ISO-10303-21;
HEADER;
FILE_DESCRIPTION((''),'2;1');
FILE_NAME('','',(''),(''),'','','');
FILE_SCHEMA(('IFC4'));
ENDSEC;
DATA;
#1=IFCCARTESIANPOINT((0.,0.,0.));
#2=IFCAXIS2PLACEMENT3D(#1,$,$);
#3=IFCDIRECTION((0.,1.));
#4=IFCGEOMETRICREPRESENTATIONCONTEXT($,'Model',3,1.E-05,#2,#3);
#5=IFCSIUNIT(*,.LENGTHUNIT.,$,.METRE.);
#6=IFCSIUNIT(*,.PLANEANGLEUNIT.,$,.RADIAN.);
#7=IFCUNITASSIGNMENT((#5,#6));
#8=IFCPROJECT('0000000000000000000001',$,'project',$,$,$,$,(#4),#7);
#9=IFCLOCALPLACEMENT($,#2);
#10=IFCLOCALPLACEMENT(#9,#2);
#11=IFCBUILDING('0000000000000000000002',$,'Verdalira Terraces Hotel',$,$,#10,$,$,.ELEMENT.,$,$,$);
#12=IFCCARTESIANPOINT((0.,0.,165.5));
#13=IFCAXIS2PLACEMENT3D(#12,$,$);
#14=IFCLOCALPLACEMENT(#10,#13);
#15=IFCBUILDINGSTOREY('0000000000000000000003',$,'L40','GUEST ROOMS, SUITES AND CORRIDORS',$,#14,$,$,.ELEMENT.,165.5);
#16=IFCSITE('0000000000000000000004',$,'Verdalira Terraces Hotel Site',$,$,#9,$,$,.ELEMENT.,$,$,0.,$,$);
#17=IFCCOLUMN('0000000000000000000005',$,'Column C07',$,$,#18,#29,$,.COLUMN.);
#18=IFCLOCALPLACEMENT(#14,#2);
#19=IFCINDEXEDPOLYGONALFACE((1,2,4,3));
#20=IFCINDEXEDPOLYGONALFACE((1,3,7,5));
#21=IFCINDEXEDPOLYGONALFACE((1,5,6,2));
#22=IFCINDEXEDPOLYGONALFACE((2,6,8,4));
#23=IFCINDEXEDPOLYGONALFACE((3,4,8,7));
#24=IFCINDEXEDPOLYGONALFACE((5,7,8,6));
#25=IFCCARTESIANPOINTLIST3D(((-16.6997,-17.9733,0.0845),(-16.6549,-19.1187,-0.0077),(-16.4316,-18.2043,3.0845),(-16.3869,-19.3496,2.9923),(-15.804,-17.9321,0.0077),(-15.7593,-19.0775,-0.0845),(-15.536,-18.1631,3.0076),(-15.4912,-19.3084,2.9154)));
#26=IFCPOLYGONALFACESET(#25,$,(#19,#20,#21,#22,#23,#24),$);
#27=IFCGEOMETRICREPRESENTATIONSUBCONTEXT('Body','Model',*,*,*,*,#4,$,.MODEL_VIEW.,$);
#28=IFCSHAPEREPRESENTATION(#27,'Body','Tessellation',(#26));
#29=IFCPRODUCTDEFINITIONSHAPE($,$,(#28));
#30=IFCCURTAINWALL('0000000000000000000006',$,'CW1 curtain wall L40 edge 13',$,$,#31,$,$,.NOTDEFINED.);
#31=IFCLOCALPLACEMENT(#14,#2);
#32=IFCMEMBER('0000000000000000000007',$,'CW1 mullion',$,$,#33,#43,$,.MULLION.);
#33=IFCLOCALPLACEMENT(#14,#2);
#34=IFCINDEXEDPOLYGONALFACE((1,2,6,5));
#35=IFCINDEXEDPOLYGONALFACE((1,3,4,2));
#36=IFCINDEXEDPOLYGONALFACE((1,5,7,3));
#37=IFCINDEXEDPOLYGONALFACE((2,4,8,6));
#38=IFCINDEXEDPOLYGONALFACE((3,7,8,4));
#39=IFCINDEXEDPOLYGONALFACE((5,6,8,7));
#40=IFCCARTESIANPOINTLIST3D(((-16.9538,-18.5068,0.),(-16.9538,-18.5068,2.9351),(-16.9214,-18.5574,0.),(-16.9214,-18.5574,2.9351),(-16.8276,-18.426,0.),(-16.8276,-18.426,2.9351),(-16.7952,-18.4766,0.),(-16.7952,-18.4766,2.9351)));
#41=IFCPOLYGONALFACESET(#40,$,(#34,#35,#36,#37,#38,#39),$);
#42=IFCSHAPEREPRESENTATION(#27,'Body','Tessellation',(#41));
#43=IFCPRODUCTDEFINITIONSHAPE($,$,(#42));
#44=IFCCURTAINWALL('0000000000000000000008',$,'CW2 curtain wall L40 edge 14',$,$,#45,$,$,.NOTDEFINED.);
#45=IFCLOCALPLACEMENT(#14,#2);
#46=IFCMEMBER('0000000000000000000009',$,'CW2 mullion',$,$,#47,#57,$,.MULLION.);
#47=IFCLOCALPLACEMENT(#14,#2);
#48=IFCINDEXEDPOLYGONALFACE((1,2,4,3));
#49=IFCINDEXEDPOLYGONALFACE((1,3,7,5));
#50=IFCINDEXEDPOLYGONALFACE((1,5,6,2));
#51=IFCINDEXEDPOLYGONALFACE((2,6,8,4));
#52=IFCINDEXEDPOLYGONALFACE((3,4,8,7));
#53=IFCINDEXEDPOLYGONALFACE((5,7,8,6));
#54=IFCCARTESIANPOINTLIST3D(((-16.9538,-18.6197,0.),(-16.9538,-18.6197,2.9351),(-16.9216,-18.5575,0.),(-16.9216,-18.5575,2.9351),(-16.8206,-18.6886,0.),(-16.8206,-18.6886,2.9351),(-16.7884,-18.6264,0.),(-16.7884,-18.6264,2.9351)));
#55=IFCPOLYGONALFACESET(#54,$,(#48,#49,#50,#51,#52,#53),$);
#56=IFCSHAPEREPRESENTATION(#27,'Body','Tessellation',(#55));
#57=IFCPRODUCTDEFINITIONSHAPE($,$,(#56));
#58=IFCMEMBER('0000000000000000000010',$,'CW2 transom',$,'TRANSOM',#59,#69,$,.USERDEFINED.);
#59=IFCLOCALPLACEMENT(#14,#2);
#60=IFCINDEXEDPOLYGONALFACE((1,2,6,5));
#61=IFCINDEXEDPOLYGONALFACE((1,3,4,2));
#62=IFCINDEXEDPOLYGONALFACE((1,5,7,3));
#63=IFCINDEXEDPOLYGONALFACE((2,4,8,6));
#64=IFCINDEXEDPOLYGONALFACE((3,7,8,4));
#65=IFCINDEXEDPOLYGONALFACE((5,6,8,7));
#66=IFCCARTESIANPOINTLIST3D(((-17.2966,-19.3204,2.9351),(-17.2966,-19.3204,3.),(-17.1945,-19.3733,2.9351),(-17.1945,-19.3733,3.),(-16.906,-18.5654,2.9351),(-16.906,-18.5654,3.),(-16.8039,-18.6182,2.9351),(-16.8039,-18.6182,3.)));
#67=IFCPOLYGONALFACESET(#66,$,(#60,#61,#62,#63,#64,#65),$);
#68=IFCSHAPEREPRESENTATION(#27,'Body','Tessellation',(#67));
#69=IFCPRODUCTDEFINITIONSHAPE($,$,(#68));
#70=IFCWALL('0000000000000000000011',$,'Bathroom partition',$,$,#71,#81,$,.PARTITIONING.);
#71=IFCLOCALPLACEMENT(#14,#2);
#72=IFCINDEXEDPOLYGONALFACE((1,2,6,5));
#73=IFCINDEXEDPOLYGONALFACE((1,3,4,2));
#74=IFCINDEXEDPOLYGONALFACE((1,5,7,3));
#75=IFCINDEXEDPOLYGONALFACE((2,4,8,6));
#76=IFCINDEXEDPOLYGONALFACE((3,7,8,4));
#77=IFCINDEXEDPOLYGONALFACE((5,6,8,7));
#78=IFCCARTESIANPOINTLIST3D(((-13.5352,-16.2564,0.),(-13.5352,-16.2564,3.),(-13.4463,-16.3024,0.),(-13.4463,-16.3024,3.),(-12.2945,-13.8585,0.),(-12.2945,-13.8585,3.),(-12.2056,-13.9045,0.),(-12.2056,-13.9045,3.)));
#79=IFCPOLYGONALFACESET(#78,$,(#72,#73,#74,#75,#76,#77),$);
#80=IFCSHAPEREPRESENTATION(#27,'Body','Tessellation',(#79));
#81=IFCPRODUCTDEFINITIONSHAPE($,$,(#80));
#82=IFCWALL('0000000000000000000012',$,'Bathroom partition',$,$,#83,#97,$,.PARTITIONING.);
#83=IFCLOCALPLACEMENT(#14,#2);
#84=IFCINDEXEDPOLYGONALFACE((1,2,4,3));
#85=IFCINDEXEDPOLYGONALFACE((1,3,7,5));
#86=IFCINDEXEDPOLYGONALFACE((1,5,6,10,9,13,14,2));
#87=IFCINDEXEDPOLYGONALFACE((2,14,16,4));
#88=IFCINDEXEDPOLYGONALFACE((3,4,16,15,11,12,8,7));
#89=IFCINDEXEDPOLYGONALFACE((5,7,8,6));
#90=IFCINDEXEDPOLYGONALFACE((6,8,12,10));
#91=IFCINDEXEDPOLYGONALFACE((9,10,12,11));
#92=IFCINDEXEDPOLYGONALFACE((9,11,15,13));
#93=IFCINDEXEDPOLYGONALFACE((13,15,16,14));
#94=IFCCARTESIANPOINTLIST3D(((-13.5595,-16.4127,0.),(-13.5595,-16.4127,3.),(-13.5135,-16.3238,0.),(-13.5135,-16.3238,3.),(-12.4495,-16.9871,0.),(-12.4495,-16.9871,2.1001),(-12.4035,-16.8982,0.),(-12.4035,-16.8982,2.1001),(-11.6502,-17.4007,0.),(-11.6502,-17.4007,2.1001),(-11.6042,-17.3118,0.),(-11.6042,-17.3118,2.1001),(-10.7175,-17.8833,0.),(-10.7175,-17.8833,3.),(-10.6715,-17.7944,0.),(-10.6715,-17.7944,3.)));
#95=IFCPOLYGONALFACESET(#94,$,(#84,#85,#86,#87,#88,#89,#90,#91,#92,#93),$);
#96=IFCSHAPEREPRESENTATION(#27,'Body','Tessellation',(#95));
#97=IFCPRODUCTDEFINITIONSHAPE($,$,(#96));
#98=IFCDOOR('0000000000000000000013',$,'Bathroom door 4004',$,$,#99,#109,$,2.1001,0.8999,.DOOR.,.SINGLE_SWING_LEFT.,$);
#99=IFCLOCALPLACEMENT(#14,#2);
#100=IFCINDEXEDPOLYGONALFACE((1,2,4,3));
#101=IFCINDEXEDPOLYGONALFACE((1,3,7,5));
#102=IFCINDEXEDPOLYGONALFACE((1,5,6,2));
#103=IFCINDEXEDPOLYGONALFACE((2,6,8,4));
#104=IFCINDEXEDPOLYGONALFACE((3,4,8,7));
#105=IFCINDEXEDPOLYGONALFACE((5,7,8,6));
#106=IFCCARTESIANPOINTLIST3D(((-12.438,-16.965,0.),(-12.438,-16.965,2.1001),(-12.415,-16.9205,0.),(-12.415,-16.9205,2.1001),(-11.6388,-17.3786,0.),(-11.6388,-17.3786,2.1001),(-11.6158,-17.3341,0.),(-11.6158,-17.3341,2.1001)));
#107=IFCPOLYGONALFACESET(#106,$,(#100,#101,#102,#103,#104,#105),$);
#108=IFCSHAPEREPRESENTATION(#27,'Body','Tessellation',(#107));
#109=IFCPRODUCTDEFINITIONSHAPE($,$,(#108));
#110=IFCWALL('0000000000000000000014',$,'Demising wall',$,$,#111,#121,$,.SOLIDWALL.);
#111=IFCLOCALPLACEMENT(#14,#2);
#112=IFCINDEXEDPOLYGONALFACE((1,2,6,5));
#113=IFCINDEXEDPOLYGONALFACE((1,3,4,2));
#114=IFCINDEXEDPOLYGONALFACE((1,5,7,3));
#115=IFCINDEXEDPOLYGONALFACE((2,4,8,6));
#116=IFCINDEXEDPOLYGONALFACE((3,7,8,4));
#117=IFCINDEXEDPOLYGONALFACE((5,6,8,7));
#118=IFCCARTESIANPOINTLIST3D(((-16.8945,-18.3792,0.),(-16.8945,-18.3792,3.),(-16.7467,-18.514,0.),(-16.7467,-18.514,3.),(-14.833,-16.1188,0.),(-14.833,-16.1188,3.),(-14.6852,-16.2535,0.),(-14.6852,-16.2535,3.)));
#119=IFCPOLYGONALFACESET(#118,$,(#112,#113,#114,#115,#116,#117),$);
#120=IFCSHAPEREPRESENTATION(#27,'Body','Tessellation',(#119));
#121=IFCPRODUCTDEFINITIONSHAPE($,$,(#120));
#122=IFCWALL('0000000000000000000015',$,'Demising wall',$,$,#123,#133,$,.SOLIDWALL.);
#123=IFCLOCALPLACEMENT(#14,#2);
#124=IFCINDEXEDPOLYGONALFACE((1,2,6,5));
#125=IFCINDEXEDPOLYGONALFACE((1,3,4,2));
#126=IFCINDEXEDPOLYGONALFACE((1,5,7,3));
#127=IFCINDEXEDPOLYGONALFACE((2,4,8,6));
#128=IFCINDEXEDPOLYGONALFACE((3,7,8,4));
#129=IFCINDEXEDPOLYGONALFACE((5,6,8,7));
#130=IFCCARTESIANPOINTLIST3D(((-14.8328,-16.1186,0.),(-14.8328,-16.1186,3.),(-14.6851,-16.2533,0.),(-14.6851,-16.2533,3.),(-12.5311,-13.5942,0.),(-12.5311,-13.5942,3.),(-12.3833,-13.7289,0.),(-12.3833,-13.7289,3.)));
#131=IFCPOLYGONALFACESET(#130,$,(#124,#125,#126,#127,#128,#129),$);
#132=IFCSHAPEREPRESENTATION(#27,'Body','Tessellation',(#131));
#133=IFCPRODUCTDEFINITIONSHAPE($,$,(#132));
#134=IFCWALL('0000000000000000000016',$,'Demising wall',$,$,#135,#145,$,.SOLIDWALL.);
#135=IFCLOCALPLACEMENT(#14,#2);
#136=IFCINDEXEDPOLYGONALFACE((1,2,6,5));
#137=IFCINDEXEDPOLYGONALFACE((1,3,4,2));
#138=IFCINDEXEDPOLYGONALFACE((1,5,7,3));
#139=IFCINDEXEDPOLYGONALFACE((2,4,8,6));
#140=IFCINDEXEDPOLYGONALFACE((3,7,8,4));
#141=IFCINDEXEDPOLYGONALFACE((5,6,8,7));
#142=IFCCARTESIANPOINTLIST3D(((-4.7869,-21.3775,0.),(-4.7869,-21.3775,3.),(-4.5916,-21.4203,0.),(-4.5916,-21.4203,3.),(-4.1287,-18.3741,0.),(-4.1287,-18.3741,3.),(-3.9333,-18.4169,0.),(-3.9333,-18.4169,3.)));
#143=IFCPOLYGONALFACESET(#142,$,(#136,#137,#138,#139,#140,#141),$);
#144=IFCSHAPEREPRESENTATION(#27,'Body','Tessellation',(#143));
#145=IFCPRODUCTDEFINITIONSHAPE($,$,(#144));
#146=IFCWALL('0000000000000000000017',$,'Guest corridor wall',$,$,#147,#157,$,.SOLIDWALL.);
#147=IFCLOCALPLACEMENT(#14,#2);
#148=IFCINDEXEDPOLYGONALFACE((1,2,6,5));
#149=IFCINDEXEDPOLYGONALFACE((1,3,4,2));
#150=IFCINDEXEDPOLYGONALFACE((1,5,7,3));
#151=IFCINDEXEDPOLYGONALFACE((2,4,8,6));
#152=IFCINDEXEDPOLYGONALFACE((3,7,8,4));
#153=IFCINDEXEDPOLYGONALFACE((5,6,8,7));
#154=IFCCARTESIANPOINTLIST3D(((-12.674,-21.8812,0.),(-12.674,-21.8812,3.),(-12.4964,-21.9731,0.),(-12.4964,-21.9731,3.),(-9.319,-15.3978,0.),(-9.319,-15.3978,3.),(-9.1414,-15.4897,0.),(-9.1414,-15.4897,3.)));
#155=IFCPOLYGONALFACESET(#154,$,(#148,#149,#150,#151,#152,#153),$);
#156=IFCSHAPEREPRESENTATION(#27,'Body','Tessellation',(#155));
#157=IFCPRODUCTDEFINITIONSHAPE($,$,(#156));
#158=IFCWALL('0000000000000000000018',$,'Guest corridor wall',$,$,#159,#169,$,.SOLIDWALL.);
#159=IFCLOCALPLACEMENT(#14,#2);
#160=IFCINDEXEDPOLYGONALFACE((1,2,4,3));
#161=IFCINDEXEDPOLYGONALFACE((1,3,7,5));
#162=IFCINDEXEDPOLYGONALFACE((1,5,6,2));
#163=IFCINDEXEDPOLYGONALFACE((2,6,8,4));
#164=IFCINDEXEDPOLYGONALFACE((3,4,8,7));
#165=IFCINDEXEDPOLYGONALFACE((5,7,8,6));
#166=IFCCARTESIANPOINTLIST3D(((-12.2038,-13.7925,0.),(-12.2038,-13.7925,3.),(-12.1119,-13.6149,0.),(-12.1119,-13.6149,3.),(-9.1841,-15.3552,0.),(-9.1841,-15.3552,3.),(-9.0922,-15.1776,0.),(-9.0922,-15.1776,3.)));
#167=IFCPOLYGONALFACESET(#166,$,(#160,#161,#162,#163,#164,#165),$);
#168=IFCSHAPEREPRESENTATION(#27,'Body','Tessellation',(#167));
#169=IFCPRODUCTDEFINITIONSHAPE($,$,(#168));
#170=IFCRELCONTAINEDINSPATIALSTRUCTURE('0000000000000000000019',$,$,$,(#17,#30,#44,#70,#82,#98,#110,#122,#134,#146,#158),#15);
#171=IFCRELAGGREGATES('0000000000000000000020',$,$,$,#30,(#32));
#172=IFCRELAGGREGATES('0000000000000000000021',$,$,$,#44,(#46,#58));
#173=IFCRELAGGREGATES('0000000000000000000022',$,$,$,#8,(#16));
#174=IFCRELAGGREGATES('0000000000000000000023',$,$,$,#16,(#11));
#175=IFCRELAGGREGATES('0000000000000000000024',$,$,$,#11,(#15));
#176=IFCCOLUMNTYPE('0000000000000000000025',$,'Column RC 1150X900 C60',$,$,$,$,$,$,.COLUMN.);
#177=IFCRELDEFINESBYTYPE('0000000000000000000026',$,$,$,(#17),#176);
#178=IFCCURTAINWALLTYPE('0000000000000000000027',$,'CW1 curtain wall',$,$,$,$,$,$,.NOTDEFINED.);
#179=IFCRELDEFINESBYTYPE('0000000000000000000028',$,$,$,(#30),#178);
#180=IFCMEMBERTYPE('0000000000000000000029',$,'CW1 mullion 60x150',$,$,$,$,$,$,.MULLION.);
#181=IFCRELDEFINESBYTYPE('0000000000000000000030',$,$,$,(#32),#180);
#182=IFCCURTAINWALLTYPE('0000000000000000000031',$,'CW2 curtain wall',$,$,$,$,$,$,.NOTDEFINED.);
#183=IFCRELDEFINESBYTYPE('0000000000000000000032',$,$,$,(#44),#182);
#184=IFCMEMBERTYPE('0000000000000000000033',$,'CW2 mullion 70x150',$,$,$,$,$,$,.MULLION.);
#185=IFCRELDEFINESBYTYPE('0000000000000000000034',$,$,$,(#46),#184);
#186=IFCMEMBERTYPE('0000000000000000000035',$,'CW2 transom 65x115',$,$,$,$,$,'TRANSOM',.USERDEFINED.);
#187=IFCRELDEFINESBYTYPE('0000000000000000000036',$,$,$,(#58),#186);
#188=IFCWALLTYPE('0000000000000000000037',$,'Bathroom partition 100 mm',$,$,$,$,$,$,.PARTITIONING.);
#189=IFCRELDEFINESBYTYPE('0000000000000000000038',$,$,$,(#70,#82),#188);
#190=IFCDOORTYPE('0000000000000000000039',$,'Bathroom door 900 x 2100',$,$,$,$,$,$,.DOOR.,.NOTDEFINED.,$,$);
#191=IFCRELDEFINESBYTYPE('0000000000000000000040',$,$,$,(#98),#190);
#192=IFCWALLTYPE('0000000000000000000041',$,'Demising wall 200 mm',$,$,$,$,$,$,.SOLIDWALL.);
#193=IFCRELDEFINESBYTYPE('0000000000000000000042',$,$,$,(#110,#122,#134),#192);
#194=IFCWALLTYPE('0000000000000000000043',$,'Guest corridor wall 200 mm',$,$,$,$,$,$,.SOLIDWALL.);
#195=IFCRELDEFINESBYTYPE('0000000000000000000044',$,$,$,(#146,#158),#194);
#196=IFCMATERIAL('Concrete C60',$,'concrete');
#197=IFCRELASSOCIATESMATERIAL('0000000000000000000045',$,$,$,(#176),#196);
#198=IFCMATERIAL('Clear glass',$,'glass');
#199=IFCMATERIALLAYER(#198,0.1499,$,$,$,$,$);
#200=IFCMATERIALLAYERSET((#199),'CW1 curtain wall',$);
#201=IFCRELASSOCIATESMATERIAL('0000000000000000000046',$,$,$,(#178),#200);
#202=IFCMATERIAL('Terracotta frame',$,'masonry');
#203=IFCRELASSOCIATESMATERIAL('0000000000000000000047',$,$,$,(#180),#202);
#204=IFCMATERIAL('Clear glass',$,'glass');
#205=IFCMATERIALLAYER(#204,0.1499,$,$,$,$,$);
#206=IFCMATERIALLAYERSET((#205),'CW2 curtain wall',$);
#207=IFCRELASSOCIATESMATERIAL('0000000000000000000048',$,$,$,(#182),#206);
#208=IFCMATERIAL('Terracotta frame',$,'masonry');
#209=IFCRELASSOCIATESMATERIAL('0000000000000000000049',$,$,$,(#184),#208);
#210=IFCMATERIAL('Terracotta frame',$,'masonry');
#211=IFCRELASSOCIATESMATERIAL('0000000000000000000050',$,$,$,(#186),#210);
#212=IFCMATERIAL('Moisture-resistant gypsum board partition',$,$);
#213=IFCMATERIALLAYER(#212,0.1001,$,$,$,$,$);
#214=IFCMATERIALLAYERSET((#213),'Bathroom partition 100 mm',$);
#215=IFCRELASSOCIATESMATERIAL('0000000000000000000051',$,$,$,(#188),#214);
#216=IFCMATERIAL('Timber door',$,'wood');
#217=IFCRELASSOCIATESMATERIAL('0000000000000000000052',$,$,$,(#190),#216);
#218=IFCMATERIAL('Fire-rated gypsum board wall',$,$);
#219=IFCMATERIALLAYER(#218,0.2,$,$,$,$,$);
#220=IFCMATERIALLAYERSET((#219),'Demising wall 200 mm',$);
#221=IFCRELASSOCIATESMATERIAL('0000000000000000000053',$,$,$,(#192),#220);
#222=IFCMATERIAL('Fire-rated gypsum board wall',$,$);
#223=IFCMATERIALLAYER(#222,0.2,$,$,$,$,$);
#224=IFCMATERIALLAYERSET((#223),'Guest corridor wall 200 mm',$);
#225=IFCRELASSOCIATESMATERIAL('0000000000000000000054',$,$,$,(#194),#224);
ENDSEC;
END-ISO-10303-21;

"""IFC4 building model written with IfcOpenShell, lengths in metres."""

from ifc_helpers import new_model, si_unit, direction, frame, frame_2d, origin, origin_2d, place, context, subcontext, project, spatial, rectangle, extrude, material, layer, layer_set, material_profile, profile_set, type_object, element, fill, aggregate, save


model = new_model("IFC4")

# Units and contexts
model_context = context("Model", 3, precision=1e-05, world=origin(), true_north=direction((0.0, 1.0)))
body_context = subcontext(model_context, "Body", "Model", "MODEL_VIEW")
ifc_project = project(units=[si_unit("LENGTHUNIT", "METRE"), si_unit("PLANEANGLEUNIT", "RADIAN")], contexts=[model_context])

# Site, building, storey
site_placement = place(None, origin())
site = spatial("IfcSite", under=ifc_project, at=site_placement, Name="Verdalira Terraces Hotel Site", CompositionType="ELEMENT", RefElevation=0.0)
building_placement = place(site_placement, origin())
building = spatial("IfcBuilding", under=site, at=building_placement, Name="Verdalira Terraces Hotel", CompositionType="ELEMENT")
storey_placement = place(building_placement, frame((0.0, 0.0, 165.5)))
storey = spatial("IfcBuildingStorey", under=building, at=storey_placement, Name="L40", Description="GUEST ROOMS, SUITES AND CORRIDORS", CompositionType="ELEMENT", Elevation=165.5)

# Column
ifc_material_1 = material(Name="Concrete C60", Category="concrete")
ifc_material_profile_1 = material_profile(ifc_material_1, rectangle(XDim=1.1499, YDim=0.8999, at=origin_2d()), Name="RC 1150X900")
ifc_profile_set_1 = profile_set([ifc_material_profile_1], Name="Concrete C60")
column_type = type_object("IfcColumnType", Name="Column RC 1150X900 C60", PredefinedType="COLUMN", material=ifc_profile_set_1)
column_placement = place(storey_placement, frame((-16.2295, -18.5254, 0.0), z_axis=(0.08874, -0.076456, 0.993116), x_axis=(-0.038931, 0.996022, 0.080158)))
element("IfcColumn", 1, at=column_placement, inside=storey, type_object=column_type, Name="Column C07", PredefinedType="COLUMN", context=body_context, shape_type="SweptSolid", body=[
    extrude(rectangle(XDim=1.1499, YDim=0.8999, at=origin_2d()), origin(), (0.0, 0.0, 1.0), 3.0208),
])

# Curtain wall, member
ifc_material_2 = material(Name="Clear glass", Category="glass")
ifc_layer_1 = layer(ifc_material_2, 0.1499)
ifc_layer_set_1 = layer_set([ifc_layer_1], Name="CW1 curtain wall")
curtain_wall_type_1 = type_object("IfcCurtainWallType", Name="CW1 curtain wall", PredefinedType="NOTDEFINED", material=ifc_layer_set_1)
curtain_wall_1_placement = place(storey_placement, origin())
curtain_wall_1 = element("IfcCurtainWall", 2, at=curtain_wall_1_placement, inside=storey, type_object=curtain_wall_type_1, Name="CW1 curtain wall L40 edge 13", PredefinedType="NOTDEFINED")
ifc_material_3 = material(Name="Terracotta frame", Category="masonry")
ifc_material_profile_2 = material_profile(ifc_material_3, rectangle(XDim=0.0601, YDim=0.1499, at=origin_2d()), Name="MU 60x150")
ifc_profile_set_2 = profile_set([ifc_material_profile_2], Name="Terracotta frame")
member_type_1 = type_object("IfcMemberType", Name="CW1 mullion 60x150", PredefinedType="MULLION", material=ifc_profile_set_2)
member_1_placement = place(storey_placement, frame((-16.8745, -18.4917, 0.0), z_axis=(0.0, 0.0, 1.0), x_axis=(0.539359, -0.842076, 0.0)))
member_1 = element("IfcMember", 3, at=member_1_placement, type_object=member_type_1, Name="CW1 mullion", PredefinedType="MULLION", context=body_context, shape_type="SweptSolid", body=[
    extrude(rectangle(XDim=0.0601, YDim=0.1499, at=origin_2d()), origin(), (0.0, 0.0, 1.0), 2.9351),
])
aggregate(curtain_wall_1, [member_1])

# Curtain wall, members
ifc_material_4 = material(Name="Clear glass", Category="glass")
ifc_layer_2 = layer(ifc_material_4, 0.1499)
ifc_layer_set_2 = layer_set([ifc_layer_2], Name="CW2 curtain wall")
curtain_wall_type_2 = type_object("IfcCurtainWallType", Name="CW2 curtain wall", PredefinedType="NOTDEFINED", material=ifc_layer_set_2)
curtain_wall_2_placement = place(storey_placement, origin())
curtain_wall_2 = element("IfcCurtainWall", 4, at=curtain_wall_2_placement, inside=storey, type_object=curtain_wall_type_2, Name="CW2 curtain wall L40 edge 14", PredefinedType="NOTDEFINED")
ifc_material_5 = material(Name="Terracotta frame", Category="masonry")
ifc_material_profile_3 = material_profile(ifc_material_5, rectangle(XDim=0.0701, YDim=0.1499, at=origin_2d()), Name="MU 70x150")
ifc_profile_set_3 = profile_set([ifc_material_profile_3], Name="Terracotta frame")
member_type_2 = type_object("IfcMemberType", Name="CW2 mullion 70x150", PredefinedType="MULLION", material=ifc_profile_set_3)
member_2_placement = place(storey_placement, frame((-16.8711, -18.623, 0.0), z_axis=(0.0, 0.0, 1.0), x_axis=(-0.45958, -0.888136, 0.0)))
member_2 = element("IfcMember", 5, at=member_2_placement, type_object=member_type_2, Name="CW2 mullion", PredefinedType="MULLION", context=body_context, shape_type="SweptSolid", body=[
    extrude(rectangle(XDim=0.0701, YDim=0.1499, at=origin_2d()), origin(), (0.0, 0.0, 1.0), 2.9351),
])
ifc_material_6 = material(Name="Terracotta frame", Category="masonry")
ifc_material_profile_4 = material_profile(ifc_material_6, rectangle(XDim=0.115, YDim=0.0649, at=origin_2d()), Name="TR 65x115")
ifc_profile_set_4 = profile_set([ifc_material_profile_4], Name="Terracotta frame")
member_type_3 = type_object("IfcMemberType", Name="CW2 transom 65x115", ElementType="TRANSOM", PredefinedType="USERDEFINED", material=ifc_profile_set_4)
member_3_placement = place(storey_placement, frame((-16.855, -18.5918, 2.9675), z_axis=(-0.459462, -0.888197, 0.0), x_axis=(0.888197, -0.459462, 0.0)))
member_3 = element("IfcMember", 6, at=member_3_placement, type_object=member_type_3, Name="CW2 transom", ObjectType="TRANSOM", PredefinedType="USERDEFINED", context=body_context, shape_type="SweptSolid", body=[
    extrude(rectangle(XDim=0.115, YDim=0.0649, at=origin_2d()), origin(), (0.0, 0.0, 1.0), 0.8501),
])
aggregate(curtain_wall_2, [member_2, member_3])

# Wall
ifc_material_7 = material(Name="Moisture-resistant gypsum board partition")
ifc_layer_3 = layer(ifc_material_7, 0.1001)
ifc_layer_set_3 = layer_set([ifc_layer_3], Name="Bathroom partition 100 mm")
wall_type_1 = type_object("IfcWallType", Name="Bathroom partition 100 mm", PredefinedType="PARTITIONING", material=ifc_layer_set_3)
wall_1_placement = place(storey_placement, frame((-12.25, -13.8813, 0.0), z_axis=(0.0, 0.0, 1.0), x_axis=(-0.459541, -0.888157, 0.0)))
element("IfcWall", 7, at=wall_1_placement, inside=storey, type_object=wall_type_1, Name="Bathroom partition", PredefinedType="PARTITIONING", context=body_context, shape_type="SweptSolid", body=[
    extrude(rectangle(XDim=2.7, YDim=0.1001, at=frame_2d((1.3501, 0.0))), origin(), (0.0, 0.0, 1.0), 3.0),
])

# Wall, opening, door
wall_2_placement = place(storey_placement, frame((-13.5366, -16.3682, 0.0), z_axis=(0.0, 0.0, 1.0), x_axis=(0.888131, -0.459591, 0.0)))
wall_2 = element("IfcWall", 8, at=wall_2_placement, inside=storey, type_object=wall_type_1, Name="Bathroom partition", PredefinedType="PARTITIONING", context=body_context, shape_type="SweptSolid", body=[
    extrude(rectangle(XDim=3.2, YDim=0.1001, at=frame_2d((1.6001, 0.0))), origin(), (0.0, 0.0, 1.0), 3.0),
])
opening_1_placement = place(wall_2_placement, frame((1.25, 0.0, 0.0)))
opening_1 = element("IfcOpeningElement", 9, at=opening_1_placement, cuts=wall_2, PredefinedType="OPENING", context=body_context, shape_type="SweptSolid", body=[
    extrude(rectangle(XDim=0.8999, YDim=2.1001, at=frame_2d((0.45, 1.05))), frame((0.0, 0.0601, 0.0), z_axis=(0.0, -1.0, 0.0), x_axis=(1.0, 0.0, 0.0)), (0.0, 0.0, 1.0), 0.1201),
])
ifc_material_8 = material(Name="Timber door", Category="wood")
door_type_1 = type_object("IfcDoorType", Name="Bathroom door 900 x 2100", OperationType="NOTDEFINED", PredefinedType="DOOR", material=ifc_material_8)
door_1_placement = place(opening_1_placement, origin())
door_1 = element("IfcDoor", 10, at=door_1_placement, inside=storey, type_object=door_type_1, Name="Bathroom door 4004", OperationType="SINGLE_SWING_LEFT", OverallHeight=2.1001, OverallWidth=0.8999, PredefinedType="DOOR", context=body_context, shape_type="SweptSolid", body=[
    extrude(rectangle(XDim=0.8999, YDim=2.1001, at=frame_2d((0.45, 1.05))), frame((0.0, 0.0249, 0.0), z_axis=(0.0, -1.0, 0.0), x_axis=(1.0, 0.0, 0.0)), (0.0, 0.0, 1.0), 0.05),
])
fill(opening_1, door_1)

# Walls
ifc_material_9 = material(Name="Fire-rated gypsum board wall")
ifc_layer_4 = layer(ifc_material_9, 0.2)
ifc_layer_set_4 = layer_set([ifc_layer_4], Name="Demising wall 200 mm")
wall_type_2 = type_object("IfcWallType", Name="Demising wall 200 mm", PredefinedType="SOLIDWALL", material=ifc_layer_set_4)
wall_3_placement = place(storey_placement, frame((-14.759, -16.186, 0.0), z_axis=(0.0, 0.0, 1.0), x_axis=(-0.67384, -0.738878, 0.0)))
element("IfcWall", 11, at=wall_3_placement, inside=storey, type_object=wall_type_2, Name="Demising wall", PredefinedType="SOLIDWALL", context=body_context, shape_type="SweptSolid", body=[
    extrude(rectangle(XDim=3.0593, YDim=0.2, at=frame_2d((1.5298, 0.0))), origin(), (0.0, 0.0, 1.0), 3.0),
])
wall_4_placement = place(storey_placement, frame((-12.4573, -13.6616, 0.0), z_axis=(0.0, 0.0, 1.0), x_axis=(-0.673768, -0.738943, 0.0)))
element("IfcWall", 12, at=wall_4_placement, inside=storey, type_object=wall_type_2, Name="Demising wall", PredefinedType="SOLIDWALL", context=body_context, shape_type="SweptSolid", body=[
    extrude(rectangle(XDim=3.4163, YDim=0.2, at=frame_2d((1.708, 0.0))), origin(), (0.0, 0.0, 1.0), 3.0),
])
wall_5_placement = place(storey_placement, frame((-4.031, -18.3955, 0.0), z_axis=(0.0, 0.0, 1.0), x_axis=(-0.214071, -0.976818, 0.0)))
element("IfcWall", 13, at=wall_5_placement, inside=storey, type_object=wall_type_2, Name="Demising wall", PredefinedType="SOLIDWALL", context=body_context, shape_type="SweptSolid", body=[
    extrude(rectangle(XDim=3.0747, YDim=0.2, at=frame_2d((1.5374, 0.0))), origin(), (0.0, 0.0, 1.0), 3.0),
])
ifc_material_10 = material(Name="Fire-rated gypsum board wall")
ifc_layer_5 = layer(ifc_material_10, 0.2)
ifc_layer_set_5 = layer_set([ifc_layer_5], Name="Guest corridor wall 200 mm")
wall_type_3 = type_object("IfcWallType", Name="Guest corridor wall 200 mm", PredefinedType="SOLIDWALL", material=ifc_layer_set_5)
wall_6_placement = place(storey_placement, frame((-9.2302, -15.4438, 0.0), z_axis=(0.0, 0.0, 1.0), x_axis=(-0.459585, -0.888134, 0.0)))
element("IfcWall", 14, at=wall_6_placement, inside=storey, type_object=wall_type_3, Name="Guest corridor wall", PredefinedType="SOLIDWALL", context=body_context, shape_type="SweptSolid", body=[
    extrude(rectangle(XDim=7.3, YDim=0.2, at=frame_2d((3.6499, 0.0))), origin(), (0.0, 0.0, 1.0), 3.0),
])
wall_7_placement = place(storey_placement, frame((-12.158, -13.7036, 0.0), z_axis=(0.0, 0.0, 1.0), x_axis=(0.888123, -0.459607, 0.0)))
element("IfcWall", 15, at=wall_7_placement, inside=storey, type_object=wall_type_3, Name="Guest corridor wall", PredefinedType="SOLIDWALL", context=body_context, shape_type="SweptSolid", body=[
    extrude(rectangle(XDim=3.4001, YDim=0.2, at=frame_2d((1.7002, 0.0))), origin(), (0.0, 0.0, 1.0), 3.0),
])

save(model, "model.ifc")
